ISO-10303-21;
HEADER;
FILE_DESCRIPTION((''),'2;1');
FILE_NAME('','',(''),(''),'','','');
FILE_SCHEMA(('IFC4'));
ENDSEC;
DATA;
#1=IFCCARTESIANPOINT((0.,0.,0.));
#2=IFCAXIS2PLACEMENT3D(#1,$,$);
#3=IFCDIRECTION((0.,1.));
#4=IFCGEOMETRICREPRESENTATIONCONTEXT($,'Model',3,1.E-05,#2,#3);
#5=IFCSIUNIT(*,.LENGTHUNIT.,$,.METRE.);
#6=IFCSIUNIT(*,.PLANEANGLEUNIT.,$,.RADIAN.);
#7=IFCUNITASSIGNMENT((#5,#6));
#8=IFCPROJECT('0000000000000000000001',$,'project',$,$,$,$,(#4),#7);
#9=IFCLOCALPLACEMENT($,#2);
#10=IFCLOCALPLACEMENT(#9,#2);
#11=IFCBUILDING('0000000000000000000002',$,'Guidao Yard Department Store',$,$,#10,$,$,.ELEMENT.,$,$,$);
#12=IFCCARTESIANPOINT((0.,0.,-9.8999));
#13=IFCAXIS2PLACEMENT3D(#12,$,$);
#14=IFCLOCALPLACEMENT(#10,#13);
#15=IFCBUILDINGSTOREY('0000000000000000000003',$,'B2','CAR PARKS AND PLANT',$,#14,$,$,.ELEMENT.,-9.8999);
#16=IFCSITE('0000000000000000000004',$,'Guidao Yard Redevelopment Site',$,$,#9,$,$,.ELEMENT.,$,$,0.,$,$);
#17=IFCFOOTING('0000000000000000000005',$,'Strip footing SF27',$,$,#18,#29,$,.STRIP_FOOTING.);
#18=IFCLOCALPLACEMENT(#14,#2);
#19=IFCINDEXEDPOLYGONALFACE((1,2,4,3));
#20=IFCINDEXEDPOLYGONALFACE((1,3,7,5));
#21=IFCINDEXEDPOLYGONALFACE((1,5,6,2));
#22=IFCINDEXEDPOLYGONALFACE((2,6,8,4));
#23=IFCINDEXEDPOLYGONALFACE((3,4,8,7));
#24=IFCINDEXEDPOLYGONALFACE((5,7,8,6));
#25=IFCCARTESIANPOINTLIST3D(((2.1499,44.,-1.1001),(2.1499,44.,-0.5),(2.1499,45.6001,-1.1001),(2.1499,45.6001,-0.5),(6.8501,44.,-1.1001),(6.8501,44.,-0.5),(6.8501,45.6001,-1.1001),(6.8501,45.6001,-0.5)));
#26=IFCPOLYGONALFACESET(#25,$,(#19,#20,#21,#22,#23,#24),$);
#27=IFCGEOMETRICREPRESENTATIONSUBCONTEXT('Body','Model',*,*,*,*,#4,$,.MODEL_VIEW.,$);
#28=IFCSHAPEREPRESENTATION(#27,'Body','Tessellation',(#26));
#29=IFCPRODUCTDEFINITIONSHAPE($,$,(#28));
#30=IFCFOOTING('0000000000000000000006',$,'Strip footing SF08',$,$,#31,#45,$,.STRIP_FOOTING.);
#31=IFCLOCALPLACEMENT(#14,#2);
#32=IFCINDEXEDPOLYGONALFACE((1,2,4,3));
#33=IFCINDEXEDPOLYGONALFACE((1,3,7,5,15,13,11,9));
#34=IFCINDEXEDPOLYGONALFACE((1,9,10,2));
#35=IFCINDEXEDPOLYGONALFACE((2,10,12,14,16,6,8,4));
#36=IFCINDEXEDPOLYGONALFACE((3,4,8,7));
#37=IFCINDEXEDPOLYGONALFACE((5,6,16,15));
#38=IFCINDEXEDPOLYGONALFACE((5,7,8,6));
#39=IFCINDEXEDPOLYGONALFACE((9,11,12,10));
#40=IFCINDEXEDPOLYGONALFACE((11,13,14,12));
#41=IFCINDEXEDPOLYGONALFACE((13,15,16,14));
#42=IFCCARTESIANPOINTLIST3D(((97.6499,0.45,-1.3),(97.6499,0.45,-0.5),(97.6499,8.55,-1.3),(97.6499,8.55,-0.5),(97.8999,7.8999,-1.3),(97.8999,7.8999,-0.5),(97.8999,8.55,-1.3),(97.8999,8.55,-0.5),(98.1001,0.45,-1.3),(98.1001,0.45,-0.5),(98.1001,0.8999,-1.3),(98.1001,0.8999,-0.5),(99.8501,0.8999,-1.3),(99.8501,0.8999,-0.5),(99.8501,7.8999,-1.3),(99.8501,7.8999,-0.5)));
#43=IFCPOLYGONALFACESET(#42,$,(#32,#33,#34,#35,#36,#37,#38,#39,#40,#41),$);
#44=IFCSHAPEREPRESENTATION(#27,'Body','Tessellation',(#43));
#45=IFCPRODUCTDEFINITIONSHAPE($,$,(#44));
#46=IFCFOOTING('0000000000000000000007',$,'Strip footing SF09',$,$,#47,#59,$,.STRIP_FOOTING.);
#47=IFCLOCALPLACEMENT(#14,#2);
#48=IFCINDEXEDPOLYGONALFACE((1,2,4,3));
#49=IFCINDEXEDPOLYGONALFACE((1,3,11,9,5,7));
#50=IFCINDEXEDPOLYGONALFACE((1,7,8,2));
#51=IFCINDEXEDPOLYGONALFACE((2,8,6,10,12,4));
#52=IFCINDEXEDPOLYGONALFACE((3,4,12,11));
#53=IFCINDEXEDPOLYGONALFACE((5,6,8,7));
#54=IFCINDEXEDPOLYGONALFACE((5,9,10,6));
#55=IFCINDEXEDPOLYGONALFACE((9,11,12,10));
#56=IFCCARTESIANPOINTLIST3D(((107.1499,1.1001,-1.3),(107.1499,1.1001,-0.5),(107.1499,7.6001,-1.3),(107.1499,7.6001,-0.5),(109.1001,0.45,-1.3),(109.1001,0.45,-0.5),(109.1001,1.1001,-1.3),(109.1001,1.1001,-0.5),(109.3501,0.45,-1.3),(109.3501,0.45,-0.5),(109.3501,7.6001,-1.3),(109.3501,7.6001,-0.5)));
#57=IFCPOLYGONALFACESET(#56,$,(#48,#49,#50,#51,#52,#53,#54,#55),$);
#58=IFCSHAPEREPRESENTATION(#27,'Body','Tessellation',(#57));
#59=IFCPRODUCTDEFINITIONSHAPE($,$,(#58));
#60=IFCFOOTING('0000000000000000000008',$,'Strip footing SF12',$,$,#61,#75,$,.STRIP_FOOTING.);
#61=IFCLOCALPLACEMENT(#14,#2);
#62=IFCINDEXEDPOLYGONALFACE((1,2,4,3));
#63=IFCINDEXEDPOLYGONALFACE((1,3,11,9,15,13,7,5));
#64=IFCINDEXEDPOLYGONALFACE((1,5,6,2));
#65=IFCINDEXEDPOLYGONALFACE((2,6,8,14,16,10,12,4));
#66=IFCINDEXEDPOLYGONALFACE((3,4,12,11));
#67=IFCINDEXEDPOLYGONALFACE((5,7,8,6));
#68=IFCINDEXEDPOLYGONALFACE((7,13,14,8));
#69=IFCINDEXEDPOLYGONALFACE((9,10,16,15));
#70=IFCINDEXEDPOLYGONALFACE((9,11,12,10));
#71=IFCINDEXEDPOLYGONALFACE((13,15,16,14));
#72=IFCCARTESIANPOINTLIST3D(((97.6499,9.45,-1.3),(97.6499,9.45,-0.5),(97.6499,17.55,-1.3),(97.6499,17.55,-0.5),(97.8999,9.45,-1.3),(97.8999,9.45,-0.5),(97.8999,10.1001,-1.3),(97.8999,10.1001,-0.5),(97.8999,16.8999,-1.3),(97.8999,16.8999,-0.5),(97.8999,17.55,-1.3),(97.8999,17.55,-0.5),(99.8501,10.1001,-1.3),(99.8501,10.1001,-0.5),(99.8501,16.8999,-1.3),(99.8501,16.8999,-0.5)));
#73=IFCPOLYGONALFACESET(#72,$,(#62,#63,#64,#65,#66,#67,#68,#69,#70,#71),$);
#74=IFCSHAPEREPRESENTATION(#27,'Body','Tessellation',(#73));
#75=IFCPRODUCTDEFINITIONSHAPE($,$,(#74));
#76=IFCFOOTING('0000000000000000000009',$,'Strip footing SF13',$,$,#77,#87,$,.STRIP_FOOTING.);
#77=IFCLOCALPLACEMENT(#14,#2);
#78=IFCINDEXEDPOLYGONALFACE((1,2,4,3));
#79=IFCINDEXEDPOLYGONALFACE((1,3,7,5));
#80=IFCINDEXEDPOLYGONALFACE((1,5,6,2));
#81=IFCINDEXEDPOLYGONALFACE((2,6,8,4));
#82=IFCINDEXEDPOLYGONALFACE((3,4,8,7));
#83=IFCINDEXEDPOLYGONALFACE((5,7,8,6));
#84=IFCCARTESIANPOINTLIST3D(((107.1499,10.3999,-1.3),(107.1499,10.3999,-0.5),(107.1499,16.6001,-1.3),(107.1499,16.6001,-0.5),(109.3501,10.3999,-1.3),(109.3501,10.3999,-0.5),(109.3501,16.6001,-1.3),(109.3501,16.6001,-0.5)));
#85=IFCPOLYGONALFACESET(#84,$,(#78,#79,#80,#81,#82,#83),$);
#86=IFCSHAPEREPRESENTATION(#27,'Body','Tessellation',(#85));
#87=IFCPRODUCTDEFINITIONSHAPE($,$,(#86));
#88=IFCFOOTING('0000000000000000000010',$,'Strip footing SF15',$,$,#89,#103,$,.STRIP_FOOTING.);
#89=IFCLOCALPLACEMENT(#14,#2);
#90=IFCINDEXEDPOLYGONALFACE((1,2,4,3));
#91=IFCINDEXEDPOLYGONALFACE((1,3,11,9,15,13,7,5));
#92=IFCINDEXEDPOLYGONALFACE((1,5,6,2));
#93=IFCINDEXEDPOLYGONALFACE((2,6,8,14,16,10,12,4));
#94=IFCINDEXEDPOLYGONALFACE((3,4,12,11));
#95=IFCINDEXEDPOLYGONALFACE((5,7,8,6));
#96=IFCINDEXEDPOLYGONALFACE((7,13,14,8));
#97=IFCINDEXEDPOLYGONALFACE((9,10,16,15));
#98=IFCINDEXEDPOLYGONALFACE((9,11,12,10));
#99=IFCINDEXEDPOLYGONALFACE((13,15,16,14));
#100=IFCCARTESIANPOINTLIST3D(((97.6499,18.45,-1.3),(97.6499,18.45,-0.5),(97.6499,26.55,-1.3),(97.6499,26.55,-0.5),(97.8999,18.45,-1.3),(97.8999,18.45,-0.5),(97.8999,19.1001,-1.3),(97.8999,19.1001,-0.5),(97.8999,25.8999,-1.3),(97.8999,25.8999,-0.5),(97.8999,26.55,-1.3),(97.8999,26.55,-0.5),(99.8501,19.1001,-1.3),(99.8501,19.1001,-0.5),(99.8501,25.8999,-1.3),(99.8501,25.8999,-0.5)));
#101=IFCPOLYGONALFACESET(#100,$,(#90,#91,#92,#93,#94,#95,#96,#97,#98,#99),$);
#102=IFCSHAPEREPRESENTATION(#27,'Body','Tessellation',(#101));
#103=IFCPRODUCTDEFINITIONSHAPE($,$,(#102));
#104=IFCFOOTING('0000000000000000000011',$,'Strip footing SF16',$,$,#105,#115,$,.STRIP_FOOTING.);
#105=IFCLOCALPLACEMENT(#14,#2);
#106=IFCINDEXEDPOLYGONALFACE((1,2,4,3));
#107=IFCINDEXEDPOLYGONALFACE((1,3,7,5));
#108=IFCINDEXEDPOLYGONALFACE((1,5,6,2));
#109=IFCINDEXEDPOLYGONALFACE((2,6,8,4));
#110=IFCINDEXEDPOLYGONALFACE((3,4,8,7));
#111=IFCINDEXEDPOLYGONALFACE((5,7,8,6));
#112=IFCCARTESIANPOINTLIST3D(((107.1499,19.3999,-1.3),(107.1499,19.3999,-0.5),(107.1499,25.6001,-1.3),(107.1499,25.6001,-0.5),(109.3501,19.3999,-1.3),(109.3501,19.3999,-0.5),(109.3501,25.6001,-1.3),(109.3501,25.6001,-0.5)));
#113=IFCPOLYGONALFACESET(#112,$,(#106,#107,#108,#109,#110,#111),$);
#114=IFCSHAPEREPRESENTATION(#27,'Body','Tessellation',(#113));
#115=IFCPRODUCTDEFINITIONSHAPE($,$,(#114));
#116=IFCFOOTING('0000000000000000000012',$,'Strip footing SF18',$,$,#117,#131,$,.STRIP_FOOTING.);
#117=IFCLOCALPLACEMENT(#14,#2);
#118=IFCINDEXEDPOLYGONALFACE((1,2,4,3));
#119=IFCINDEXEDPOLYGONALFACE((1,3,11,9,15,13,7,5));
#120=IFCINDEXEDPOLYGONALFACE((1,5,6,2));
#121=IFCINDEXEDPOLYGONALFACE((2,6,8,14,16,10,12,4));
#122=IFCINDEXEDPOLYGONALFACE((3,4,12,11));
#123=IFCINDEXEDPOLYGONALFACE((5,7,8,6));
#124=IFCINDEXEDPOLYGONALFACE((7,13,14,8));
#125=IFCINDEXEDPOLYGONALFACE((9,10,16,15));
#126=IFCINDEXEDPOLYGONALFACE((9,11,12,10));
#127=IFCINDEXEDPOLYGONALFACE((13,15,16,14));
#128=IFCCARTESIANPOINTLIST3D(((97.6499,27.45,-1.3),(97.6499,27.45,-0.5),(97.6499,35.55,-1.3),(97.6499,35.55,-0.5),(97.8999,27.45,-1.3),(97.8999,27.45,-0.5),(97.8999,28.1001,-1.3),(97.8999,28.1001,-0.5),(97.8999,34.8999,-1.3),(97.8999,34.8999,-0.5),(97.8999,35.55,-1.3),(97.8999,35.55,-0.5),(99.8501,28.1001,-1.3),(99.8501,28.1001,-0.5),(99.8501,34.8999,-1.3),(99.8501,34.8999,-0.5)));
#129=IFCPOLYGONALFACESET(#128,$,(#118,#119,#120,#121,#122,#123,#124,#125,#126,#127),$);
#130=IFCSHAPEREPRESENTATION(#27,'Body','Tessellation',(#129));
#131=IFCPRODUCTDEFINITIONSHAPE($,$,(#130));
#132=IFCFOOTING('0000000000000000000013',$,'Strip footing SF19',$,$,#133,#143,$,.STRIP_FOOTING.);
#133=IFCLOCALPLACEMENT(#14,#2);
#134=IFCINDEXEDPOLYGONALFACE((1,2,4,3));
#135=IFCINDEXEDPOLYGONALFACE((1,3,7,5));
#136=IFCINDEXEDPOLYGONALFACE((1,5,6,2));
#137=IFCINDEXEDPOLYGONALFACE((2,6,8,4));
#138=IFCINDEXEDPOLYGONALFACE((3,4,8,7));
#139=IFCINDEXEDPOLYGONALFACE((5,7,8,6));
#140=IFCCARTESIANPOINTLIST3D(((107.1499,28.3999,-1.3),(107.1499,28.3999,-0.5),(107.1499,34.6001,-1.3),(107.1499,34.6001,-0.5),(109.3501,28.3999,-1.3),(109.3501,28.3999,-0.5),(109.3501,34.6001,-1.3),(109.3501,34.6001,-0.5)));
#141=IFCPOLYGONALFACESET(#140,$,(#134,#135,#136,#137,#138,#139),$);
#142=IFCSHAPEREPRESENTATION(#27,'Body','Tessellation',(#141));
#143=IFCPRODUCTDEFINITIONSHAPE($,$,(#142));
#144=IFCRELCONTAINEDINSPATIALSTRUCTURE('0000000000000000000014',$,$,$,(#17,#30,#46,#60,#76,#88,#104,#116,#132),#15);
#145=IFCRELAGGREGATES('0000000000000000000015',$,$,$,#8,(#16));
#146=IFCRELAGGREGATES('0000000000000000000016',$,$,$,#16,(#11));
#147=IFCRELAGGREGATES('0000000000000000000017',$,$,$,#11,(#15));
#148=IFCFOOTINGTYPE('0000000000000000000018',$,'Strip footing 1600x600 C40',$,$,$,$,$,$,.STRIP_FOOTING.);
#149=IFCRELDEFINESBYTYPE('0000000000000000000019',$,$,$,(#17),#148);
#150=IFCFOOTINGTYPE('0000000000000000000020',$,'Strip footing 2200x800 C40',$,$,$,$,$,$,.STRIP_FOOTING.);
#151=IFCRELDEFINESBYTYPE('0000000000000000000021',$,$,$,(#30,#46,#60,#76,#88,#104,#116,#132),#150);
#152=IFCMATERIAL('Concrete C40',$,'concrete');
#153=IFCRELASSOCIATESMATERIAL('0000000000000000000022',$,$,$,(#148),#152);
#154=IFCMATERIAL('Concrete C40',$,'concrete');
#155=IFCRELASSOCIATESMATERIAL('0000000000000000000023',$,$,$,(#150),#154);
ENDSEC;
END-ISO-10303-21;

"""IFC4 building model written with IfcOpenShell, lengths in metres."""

from ifc_helpers import new_model, si_unit, direction, frame, origin, place, context, subcontext, project, spatial, polyline, outline, extrude, material, type_object, element, save


model = new_model("IFC4")

# Units and contexts
model_context = context("Model", 3, precision=1e-05, world=origin(), true_north=direction((0.0, 1.0)))
body_context = subcontext(model_context, "Body", "Model", "MODEL_VIEW")
ifc_project = project(units=[si_unit("LENGTHUNIT", "METRE"), si_unit("PLANEANGLEUNIT", "RADIAN")], contexts=[model_context])

# Site, building, storey
site_placement = place(None, origin())
site = spatial("IfcSite", under=ifc_project, at=site_placement, Name="Guidao Yard Redevelopment Site", CompositionType="ELEMENT", RefElevation=0.0)
building_placement = place(site_placement, origin())
building = spatial("IfcBuilding", under=site, at=building_placement, Name="Guidao Yard Department Store", CompositionType="ELEMENT")
storey_placement = place(building_placement, frame((0.0, 0.0, -9.8999)))
storey = spatial("IfcBuildingStorey", under=building, at=storey_placement, Name="B2", Description="CAR PARKS AND PLANT", CompositionType="ELEMENT", Elevation=-9.8999)

# Footings
ifc_material_1 = material(Name="Concrete C40", Category="concrete")
footing_type_1 = type_object("IfcFootingType", Name="Strip footing 1600x600 C40", PredefinedType="STRIP_FOOTING", material=ifc_material_1)
footing_1_placement = place(storey_placement, frame((0.0, 0.0, -1.1001)))
element("IfcFooting", 1, at=footing_1_placement, inside=storey, type_object=footing_type_1, Name="Strip footing SF27", PredefinedType="STRIP_FOOTING", context=body_context, shape_type="SweptSolid", body=[
    extrude(outline(polyline([(6.8501, 45.6001), (2.1499, 45.6001), (2.1499, 44.0), (6.8501, 44.0), (6.8501, 45.6001)])), origin(), (0.0, 0.0, 1.0), 0.6001),
])
ifc_material_2 = material(Name="Concrete C40", Category="concrete")
footing_type_2 = type_object("IfcFootingType", Name="Strip footing 2200x800 C40", PredefinedType="STRIP_FOOTING", material=ifc_material_2)
footing_2_placement = place(storey_placement, frame((0.0, 0.0, -1.3)))
element("IfcFooting", 2, at=footing_2_placement, inside=storey, type_object=footing_type_2, Name="Strip footing SF08", PredefinedType="STRIP_FOOTING", context=body_context, shape_type="SweptSolid", body=[
    extrude(outline(polyline([(99.8501, 0.8999), (99.8501, 7.8999), (97.8999, 7.8999), (97.8999, 8.55), (97.6499, 8.55), (97.6499, 0.45), (98.1001, 0.45), (98.1001, 0.8999), (99.8501, 0.8999)])), origin(), (0.0, 0.0, 1.0), 0.8),
])
footing_3_placement = place(storey_placement, frame((0.0, 0.0, -1.3)))
element("IfcFooting", 3, at=footing_3_placement, inside=storey, type_object=footing_type_2, Name="Strip footing SF09", PredefinedType="STRIP_FOOTING", context=body_context, shape_type="SweptSolid", body=[
    extrude(outline(polyline([(109.3501, 0.45), (109.3501, 7.6001), (107.1499, 7.6001), (107.1499, 1.1001), (109.1001, 1.1001), (109.1001, 0.45), (109.3501, 0.45)])), origin(), (0.0, 0.0, 1.0), 0.8),
])
footing_4_placement = place(storey_placement, frame((0.0, 0.0, -1.3)))
element("IfcFooting", 4, at=footing_4_placement, inside=storey, type_object=footing_type_2, Name="Strip footing SF12", PredefinedType="STRIP_FOOTING", context=body_context, shape_type="SweptSolid", body=[
    extrude(outline(polyline([(99.8501, 10.1001), (99.8501, 16.8999), (97.8999, 16.8999), (97.8999, 17.55), (97.6499, 17.55), (97.6499, 9.45), (97.8999, 9.45), (97.8999, 10.1001), (99.8501, 10.1001)])), origin(), (0.0, 0.0, 1.0), 0.8),
])
footing_5_placement = place(storey_placement, frame((0.0, 0.0, -1.3)))
element("IfcFooting", 5, at=footing_5_placement, inside=storey, type_object=footing_type_2, Name="Strip footing SF13", PredefinedType="STRIP_FOOTING", context=body_context, shape_type="SweptSolid", body=[
    extrude(outline(polyline([(109.3501, 10.3999), (109.3501, 16.6001), (107.1499, 16.6001), (107.1499, 10.3999), (109.3501, 10.3999)])), origin(), (0.0, 0.0, 1.0), 0.8),
])
footing_6_placement = place(storey_placement, frame((0.0, 0.0, -1.3)))
element("IfcFooting", 6, at=footing_6_placement, inside=storey, type_object=footing_type_2, Name="Strip footing SF15", PredefinedType="STRIP_FOOTING", context=body_context, shape_type="SweptSolid", body=[
    extrude(outline(polyline([(99.8501, 19.1001), (99.8501, 25.8999), (97.8999, 25.8999), (97.8999, 26.55), (97.6499, 26.55), (97.6499, 18.45), (97.8999, 18.45), (97.8999, 19.1001), (99.8501, 19.1001)])), origin(), (0.0, 0.0, 1.0), 0.8),
])
footing_7_placement = place(storey_placement, frame((0.0, 0.0, -1.3)))
element("IfcFooting", 7, at=footing_7_placement, inside=storey, type_object=footing_type_2, Name="Strip footing SF16", PredefinedType="STRIP_FOOTING", context=body_context, shape_type="SweptSolid", body=[
    extrude(outline(polyline([(109.3501, 19.3999), (109.3501, 25.6001), (107.1499, 25.6001), (107.1499, 19.3999), (109.3501, 19.3999)])), origin(), (0.0, 0.0, 1.0), 0.8),
])
footing_8_placement = place(storey_placement, frame((0.0, 0.0, -1.3)))
element("IfcFooting", 8, at=footing_8_placement, inside=storey, type_object=footing_type_2, Name="Strip footing SF18", PredefinedType="STRIP_FOOTING", context=body_context, shape_type="SweptSolid", body=[
    extrude(outline(polyline([(99.8501, 28.1001), (99.8501, 34.8999), (97.8999, 34.8999), (97.8999, 35.55), (97.6499, 35.55), (97.6499, 27.45), (97.8999, 27.45), (97.8999, 28.1001), (99.8501, 28.1001)])), origin(), (0.0, 0.0, 1.0), 0.8),
])
footing_9_placement = place(storey_placement, frame((0.0, 0.0, -1.3)))
element("IfcFooting", 9, at=footing_9_placement, inside=storey, type_object=footing_type_2, Name="Strip footing SF19", PredefinedType="STRIP_FOOTING", context=body_context, shape_type="SweptSolid", body=[
    extrude(outline(polyline([(109.3501, 28.3999), (109.3501, 34.6001), (107.1499, 34.6001), (107.1499, 28.3999), (109.3501, 28.3999)])), origin(), (0.0, 0.0, 1.0), 0.8),
])

save(model, "model.ifc")
